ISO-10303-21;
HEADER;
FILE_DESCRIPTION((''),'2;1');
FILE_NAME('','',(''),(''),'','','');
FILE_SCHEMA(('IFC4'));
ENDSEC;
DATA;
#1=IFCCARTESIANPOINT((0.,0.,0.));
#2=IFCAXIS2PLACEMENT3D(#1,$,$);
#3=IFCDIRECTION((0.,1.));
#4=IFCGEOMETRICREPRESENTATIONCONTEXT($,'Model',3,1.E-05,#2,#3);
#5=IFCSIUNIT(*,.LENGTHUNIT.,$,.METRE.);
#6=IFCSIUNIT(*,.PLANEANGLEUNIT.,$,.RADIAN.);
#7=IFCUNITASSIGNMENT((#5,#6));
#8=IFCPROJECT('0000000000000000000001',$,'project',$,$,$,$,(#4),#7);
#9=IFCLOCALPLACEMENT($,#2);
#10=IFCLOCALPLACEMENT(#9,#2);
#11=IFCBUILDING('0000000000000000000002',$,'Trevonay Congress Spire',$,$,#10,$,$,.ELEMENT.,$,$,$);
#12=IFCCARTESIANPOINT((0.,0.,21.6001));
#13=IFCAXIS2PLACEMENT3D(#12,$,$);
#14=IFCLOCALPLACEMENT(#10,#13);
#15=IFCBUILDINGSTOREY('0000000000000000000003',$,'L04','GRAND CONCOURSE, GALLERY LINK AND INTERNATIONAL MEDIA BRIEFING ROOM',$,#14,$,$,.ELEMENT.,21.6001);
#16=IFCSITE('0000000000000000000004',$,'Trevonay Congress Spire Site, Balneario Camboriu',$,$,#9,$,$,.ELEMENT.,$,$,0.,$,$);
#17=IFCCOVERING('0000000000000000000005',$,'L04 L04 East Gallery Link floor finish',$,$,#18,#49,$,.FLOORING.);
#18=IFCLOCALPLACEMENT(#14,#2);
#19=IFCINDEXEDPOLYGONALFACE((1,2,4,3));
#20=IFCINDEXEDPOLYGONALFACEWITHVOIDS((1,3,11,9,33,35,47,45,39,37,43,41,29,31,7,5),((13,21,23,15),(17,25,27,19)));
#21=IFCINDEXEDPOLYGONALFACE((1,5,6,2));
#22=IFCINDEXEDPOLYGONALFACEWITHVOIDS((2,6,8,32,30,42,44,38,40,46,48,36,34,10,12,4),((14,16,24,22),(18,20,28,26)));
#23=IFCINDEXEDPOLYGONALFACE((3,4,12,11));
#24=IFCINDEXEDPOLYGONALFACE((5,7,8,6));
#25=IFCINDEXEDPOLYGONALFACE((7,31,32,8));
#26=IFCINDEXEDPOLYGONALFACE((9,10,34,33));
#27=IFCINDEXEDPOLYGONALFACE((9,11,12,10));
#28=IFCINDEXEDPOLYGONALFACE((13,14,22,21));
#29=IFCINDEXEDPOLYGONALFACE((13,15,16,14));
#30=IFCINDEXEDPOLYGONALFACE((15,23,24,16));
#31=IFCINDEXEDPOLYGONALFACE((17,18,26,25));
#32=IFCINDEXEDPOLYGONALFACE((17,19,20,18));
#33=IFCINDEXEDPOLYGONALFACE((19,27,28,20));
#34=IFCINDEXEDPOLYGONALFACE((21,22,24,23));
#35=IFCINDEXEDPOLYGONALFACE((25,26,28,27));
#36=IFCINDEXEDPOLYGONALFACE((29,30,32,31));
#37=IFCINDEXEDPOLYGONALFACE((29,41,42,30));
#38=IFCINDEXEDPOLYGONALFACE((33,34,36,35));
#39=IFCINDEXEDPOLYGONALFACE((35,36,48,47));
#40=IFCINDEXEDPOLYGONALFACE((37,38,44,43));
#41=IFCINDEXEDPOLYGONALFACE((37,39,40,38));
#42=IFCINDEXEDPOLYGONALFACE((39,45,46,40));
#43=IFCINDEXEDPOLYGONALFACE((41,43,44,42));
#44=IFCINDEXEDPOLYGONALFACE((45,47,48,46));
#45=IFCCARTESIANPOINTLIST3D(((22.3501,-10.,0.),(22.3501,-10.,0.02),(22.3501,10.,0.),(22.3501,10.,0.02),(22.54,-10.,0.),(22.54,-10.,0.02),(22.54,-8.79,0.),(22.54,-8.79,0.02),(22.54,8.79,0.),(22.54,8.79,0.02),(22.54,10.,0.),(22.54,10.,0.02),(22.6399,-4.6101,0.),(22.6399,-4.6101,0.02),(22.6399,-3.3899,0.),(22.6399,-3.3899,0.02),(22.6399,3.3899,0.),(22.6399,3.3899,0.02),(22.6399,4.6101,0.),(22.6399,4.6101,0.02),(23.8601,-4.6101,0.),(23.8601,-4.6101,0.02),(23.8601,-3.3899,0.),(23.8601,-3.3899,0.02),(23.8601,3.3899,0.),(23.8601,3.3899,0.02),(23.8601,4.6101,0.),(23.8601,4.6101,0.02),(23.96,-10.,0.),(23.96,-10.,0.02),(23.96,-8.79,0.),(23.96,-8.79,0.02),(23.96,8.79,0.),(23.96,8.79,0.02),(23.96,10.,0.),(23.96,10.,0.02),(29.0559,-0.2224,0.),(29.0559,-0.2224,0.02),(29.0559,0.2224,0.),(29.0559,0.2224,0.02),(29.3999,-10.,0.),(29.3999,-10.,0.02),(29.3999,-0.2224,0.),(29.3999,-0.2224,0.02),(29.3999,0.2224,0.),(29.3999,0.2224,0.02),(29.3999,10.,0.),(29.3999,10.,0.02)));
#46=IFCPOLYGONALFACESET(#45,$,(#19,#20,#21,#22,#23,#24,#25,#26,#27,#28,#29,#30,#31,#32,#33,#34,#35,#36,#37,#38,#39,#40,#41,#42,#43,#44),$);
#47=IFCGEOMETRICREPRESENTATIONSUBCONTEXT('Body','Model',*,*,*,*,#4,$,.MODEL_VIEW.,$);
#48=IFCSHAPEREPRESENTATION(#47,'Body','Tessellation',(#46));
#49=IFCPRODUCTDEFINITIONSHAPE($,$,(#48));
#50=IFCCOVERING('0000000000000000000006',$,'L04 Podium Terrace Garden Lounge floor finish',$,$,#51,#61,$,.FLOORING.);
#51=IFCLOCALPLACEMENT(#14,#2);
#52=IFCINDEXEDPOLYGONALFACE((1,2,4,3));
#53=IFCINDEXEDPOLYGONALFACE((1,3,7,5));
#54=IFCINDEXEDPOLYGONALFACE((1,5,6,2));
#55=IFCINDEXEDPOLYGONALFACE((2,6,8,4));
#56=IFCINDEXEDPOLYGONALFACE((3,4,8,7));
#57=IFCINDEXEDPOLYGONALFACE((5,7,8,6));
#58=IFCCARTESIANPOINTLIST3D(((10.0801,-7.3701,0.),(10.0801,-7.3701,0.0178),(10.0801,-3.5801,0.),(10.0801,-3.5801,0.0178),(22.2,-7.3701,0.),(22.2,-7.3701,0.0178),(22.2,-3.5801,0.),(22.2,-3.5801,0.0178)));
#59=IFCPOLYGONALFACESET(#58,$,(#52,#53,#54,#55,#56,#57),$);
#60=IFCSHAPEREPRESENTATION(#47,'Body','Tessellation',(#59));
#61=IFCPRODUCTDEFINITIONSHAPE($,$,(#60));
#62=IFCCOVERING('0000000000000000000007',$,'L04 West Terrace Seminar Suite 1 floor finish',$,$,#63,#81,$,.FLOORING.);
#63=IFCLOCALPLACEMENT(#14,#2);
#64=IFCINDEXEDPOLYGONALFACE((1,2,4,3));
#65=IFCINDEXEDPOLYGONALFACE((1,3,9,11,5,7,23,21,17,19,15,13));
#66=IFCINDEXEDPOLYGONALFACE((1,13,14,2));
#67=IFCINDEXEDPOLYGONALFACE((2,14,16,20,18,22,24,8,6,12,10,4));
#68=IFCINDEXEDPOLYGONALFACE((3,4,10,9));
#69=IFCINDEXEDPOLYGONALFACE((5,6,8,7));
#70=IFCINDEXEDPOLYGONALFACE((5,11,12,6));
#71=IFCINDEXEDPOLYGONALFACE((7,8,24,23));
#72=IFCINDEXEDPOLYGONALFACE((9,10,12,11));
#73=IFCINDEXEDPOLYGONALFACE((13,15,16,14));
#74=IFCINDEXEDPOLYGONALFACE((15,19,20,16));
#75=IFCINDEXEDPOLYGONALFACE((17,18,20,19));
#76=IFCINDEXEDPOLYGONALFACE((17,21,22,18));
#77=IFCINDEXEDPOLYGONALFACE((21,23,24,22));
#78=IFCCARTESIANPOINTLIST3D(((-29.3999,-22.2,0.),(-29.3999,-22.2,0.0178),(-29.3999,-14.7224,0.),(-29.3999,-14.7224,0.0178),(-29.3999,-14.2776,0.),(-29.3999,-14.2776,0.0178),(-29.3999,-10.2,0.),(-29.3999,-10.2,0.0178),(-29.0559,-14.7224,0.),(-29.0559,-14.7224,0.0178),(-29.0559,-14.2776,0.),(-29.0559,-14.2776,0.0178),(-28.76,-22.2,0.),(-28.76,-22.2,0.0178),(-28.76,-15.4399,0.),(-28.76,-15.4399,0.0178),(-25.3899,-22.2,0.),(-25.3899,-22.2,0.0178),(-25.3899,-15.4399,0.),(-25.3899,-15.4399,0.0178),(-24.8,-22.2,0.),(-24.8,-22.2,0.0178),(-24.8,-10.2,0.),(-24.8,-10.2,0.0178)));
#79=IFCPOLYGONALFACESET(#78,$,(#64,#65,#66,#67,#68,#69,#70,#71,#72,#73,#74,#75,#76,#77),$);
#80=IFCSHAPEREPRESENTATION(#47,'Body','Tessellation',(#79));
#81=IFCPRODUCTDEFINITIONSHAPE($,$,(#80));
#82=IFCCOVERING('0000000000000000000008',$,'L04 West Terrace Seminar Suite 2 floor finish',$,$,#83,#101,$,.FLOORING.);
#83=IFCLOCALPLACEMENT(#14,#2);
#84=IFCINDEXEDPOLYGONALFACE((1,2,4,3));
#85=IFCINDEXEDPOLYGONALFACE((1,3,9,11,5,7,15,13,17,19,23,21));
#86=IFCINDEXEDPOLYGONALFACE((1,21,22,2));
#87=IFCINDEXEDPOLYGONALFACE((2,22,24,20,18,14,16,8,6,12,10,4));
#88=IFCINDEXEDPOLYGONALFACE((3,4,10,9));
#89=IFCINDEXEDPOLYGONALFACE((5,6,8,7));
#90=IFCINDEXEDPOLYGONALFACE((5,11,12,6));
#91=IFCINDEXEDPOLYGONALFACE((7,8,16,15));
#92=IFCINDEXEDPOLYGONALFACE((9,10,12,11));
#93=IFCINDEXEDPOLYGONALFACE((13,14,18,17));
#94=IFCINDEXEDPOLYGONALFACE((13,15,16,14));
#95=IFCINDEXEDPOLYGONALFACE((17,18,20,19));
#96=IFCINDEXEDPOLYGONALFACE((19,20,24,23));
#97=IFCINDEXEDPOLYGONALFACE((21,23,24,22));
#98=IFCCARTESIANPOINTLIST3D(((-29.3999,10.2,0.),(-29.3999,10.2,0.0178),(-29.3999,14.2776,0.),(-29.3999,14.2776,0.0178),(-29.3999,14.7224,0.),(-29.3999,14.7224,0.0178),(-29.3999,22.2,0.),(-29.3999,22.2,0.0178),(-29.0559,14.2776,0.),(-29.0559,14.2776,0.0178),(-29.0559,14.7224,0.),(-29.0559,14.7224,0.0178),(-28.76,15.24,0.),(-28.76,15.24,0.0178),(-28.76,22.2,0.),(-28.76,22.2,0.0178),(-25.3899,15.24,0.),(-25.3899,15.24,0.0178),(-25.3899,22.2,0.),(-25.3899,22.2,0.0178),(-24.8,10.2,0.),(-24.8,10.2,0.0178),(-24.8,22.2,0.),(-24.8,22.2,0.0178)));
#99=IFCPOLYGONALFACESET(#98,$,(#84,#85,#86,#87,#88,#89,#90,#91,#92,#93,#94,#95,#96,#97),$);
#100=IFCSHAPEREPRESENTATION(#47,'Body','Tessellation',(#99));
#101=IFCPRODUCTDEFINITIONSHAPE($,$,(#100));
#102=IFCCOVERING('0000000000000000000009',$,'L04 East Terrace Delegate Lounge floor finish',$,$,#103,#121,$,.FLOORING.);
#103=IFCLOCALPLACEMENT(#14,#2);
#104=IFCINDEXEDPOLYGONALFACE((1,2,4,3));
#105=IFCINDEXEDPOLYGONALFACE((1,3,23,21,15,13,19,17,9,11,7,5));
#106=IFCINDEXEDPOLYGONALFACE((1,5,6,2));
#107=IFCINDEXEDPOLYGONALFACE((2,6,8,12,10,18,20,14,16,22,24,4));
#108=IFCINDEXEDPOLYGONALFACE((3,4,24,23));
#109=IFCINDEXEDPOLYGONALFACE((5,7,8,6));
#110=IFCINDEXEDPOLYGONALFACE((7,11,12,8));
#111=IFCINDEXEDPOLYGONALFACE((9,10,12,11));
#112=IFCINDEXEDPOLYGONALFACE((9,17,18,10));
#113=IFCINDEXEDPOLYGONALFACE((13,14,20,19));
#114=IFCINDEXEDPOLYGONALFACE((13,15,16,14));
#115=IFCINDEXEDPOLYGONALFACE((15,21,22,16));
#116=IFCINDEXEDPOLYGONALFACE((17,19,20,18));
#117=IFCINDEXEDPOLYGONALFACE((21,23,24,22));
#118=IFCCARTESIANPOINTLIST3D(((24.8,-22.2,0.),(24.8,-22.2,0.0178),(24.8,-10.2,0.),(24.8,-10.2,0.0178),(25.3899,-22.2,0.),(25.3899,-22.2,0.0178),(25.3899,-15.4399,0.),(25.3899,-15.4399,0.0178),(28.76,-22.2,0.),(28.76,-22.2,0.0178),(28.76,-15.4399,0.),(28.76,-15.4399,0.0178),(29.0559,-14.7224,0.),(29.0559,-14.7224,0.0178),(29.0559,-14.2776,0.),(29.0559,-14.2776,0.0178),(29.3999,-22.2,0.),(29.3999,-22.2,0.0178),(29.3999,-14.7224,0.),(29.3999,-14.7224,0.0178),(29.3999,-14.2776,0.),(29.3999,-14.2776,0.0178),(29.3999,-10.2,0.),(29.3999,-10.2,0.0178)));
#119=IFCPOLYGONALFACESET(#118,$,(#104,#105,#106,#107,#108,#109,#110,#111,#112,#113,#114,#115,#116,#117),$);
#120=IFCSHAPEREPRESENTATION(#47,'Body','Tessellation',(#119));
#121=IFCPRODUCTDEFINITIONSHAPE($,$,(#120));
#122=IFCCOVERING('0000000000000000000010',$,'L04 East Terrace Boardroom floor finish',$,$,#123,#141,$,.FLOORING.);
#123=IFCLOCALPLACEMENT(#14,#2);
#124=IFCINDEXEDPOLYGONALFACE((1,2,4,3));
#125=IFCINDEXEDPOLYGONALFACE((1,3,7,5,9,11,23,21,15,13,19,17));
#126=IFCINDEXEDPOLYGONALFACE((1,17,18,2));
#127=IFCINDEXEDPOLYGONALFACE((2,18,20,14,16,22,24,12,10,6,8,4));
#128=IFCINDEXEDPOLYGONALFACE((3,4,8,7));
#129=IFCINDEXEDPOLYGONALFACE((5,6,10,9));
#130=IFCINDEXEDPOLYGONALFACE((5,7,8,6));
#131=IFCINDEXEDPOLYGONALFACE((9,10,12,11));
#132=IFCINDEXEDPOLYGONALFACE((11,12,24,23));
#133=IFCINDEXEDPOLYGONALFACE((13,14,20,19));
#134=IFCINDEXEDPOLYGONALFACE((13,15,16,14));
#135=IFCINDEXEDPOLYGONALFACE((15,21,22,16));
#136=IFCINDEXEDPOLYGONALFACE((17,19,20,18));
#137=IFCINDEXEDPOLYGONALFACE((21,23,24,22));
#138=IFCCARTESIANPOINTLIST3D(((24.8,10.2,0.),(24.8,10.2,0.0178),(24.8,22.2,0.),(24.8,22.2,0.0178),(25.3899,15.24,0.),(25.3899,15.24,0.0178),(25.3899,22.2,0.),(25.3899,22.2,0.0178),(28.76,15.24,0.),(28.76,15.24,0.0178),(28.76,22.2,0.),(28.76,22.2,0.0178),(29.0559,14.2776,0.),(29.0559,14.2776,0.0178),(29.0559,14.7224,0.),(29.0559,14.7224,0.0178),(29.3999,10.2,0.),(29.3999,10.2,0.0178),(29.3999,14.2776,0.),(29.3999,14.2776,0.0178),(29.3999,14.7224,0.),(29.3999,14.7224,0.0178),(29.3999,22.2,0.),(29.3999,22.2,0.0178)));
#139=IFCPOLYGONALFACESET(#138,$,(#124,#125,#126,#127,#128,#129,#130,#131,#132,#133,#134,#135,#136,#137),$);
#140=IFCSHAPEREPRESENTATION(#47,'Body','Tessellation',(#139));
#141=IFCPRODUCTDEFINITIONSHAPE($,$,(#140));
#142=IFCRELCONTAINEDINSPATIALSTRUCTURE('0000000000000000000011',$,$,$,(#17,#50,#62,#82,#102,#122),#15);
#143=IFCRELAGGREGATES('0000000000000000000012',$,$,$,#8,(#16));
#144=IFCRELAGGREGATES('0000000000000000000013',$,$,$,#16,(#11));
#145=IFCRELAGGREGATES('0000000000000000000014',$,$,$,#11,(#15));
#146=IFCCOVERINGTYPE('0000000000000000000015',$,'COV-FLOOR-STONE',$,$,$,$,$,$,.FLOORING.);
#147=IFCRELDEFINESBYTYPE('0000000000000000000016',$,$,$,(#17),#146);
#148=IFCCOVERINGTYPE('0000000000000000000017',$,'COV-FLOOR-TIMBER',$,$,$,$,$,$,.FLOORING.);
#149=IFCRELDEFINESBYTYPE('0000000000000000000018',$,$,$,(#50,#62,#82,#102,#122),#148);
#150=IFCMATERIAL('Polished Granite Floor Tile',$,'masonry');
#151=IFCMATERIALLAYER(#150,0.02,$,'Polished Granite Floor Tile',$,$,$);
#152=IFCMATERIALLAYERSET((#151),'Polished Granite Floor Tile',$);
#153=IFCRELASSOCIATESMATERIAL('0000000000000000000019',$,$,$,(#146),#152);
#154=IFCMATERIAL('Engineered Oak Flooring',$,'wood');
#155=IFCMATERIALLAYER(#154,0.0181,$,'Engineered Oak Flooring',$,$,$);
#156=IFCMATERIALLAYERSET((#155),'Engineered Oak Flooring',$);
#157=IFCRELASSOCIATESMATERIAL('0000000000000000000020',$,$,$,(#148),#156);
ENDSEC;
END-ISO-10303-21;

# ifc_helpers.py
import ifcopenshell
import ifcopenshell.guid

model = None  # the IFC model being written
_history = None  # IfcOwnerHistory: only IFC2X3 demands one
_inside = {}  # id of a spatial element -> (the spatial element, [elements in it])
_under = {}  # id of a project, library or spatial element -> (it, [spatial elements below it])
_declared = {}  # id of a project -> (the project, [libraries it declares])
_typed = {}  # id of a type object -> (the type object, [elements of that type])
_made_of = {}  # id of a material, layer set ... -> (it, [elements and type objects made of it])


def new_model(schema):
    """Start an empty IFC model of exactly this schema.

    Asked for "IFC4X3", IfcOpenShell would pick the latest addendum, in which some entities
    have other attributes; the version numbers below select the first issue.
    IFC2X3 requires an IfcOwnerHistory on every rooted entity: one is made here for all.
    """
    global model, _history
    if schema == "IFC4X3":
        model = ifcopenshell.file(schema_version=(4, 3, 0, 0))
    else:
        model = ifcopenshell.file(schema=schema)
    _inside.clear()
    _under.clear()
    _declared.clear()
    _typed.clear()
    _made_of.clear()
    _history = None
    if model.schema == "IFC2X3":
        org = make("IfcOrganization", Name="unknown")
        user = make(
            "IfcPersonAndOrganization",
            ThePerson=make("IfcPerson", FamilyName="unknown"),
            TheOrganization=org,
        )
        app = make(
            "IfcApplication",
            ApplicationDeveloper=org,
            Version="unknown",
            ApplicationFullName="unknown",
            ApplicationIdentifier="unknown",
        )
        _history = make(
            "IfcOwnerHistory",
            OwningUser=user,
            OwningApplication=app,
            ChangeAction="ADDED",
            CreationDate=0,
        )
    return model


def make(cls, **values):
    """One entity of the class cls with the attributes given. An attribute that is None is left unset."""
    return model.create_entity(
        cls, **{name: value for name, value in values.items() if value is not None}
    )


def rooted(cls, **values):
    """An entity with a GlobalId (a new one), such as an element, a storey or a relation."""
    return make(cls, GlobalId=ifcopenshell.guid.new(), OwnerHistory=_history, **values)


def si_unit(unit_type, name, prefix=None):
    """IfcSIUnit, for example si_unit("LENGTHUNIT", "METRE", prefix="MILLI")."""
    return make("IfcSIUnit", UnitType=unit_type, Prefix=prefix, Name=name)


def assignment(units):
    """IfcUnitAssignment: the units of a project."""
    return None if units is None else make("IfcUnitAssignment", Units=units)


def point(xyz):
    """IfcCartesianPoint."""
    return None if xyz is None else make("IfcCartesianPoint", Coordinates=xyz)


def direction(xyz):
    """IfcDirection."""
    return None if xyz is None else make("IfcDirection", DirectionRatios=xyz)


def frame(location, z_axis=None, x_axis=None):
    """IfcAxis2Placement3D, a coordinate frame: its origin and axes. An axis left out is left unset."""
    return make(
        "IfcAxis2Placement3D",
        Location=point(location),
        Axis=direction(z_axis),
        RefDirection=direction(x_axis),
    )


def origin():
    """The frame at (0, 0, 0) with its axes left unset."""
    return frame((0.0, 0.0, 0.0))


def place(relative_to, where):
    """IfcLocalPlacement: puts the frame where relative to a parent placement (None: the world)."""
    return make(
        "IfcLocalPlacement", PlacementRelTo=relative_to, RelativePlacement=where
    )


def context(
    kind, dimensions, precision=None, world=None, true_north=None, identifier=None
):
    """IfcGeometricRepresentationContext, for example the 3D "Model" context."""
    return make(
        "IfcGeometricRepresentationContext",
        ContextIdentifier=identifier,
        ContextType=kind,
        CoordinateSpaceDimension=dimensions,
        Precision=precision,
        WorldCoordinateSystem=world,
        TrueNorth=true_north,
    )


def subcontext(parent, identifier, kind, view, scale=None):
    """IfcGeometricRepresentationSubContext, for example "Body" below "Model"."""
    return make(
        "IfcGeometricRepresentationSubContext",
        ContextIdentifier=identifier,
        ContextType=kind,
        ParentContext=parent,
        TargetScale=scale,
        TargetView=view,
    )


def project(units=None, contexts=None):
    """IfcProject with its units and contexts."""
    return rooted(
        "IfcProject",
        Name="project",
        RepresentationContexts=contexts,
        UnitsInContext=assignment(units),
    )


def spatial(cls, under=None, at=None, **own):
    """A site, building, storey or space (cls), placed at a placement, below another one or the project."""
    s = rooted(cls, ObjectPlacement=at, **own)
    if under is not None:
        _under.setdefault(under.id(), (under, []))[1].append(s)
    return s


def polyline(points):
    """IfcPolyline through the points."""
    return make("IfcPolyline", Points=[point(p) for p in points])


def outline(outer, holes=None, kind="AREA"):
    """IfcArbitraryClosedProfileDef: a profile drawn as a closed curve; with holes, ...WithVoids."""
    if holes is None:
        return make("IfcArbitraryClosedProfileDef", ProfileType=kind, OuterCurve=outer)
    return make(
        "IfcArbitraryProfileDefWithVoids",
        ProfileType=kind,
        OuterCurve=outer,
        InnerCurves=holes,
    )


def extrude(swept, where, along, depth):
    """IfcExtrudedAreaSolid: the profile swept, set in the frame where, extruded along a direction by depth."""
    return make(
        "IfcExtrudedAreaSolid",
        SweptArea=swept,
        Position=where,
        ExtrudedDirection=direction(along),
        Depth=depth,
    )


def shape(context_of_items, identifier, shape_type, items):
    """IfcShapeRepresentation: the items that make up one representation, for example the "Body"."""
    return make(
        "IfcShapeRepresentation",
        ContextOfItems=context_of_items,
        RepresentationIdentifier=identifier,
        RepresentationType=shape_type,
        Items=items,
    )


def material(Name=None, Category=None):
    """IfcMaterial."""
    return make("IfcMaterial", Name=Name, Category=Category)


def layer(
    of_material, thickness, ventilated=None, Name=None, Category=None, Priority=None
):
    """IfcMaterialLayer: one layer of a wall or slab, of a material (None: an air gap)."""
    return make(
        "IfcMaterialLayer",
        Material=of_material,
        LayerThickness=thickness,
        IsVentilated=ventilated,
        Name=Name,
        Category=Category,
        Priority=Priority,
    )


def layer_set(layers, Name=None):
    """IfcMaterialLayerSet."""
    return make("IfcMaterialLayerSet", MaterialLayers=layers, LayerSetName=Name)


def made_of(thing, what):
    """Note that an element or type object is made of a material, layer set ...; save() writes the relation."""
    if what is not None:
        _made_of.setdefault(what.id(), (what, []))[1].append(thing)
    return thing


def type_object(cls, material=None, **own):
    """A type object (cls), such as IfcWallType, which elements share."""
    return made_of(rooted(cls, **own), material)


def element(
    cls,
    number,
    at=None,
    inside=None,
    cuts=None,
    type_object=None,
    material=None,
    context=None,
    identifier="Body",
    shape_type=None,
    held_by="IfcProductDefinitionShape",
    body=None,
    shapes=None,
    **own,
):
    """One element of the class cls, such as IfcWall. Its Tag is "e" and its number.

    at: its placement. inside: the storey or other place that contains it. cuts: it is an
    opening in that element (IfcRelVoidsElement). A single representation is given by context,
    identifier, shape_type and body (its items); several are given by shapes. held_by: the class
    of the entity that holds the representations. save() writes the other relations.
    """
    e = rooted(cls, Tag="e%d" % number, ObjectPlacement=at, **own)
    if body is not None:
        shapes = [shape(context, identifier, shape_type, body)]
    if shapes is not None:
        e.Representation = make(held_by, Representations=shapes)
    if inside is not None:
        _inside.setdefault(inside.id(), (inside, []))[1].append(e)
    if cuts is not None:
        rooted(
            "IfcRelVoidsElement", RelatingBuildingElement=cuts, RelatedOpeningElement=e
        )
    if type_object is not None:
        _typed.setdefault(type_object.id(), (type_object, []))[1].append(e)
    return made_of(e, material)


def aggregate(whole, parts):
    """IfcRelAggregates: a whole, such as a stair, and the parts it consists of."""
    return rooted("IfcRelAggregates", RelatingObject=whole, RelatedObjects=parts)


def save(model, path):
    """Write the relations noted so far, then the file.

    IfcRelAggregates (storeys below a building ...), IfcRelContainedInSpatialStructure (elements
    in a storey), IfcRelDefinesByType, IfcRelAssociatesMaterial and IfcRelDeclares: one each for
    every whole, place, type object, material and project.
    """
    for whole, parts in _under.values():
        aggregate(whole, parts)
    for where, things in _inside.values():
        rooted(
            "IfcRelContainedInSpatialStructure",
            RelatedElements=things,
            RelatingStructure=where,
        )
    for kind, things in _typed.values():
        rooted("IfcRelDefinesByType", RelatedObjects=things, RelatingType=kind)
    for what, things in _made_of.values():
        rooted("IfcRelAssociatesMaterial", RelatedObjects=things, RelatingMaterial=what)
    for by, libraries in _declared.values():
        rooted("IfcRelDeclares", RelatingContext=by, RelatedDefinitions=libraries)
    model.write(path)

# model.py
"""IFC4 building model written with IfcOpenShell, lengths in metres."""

from ifc_helpers import new_model, si_unit, direction, frame, origin, place, context, subcontext, project, spatial, polyline, outline, extrude, material, layer, layer_set, type_object, element, save


model = new_model("IFC4")

# Units and contexts
model_context = context("Model", 3, precision=1e-05, world=origin(), true_north=direction((0.0, 1.0)))
body_context = subcontext(model_context, "Body", "Model", "MODEL_VIEW")
ifc_project = project(units=[si_unit("LENGTHUNIT", "METRE"), si_unit("PLANEANGLEUNIT", "RADIAN")], contexts=[model_context])

# Site, building, storey
site_placement = place(None, origin())
site = spatial("IfcSite", under=ifc_project, at=site_placement, Name="Trevonay Congress Spire Site, Balneario Camboriu", CompositionType="ELEMENT", RefElevation=0.0)
building_placement = place(site_placement, origin())
building = spatial("IfcBuilding", under=site, at=building_placement, Name="Trevonay Congress Spire", CompositionType="ELEMENT")
storey_placement = place(building_placement, frame((0.0, 0.0, 21.6001)))
storey = spatial("IfcBuildingStorey", under=building, at=storey_placement, Name="L04", Description="GRAND CONCOURSE, GALLERY LINK AND INTERNATIONAL MEDIA BRIEFING ROOM", CompositionType="ELEMENT", Elevation=21.6001)

# Coverings
ifc_material_1 = material(Name="Polished Granite Floor Tile", Category="masonry")
ifc_layer_1 = layer(ifc_material_1, 0.02, Name="Polished Granite Floor Tile")
ifc_layer_set_1 = layer_set([ifc_layer_1], Name="Polished Granite Floor Tile")
covering_type_1 = type_object("IfcCoveringType", Name="COV-FLOOR-STONE", PredefinedType="FLOORING", material=ifc_layer_set_1)
covering_1_placement = place(storey_placement, origin())
element("IfcCovering", 1, at=covering_1_placement, inside=storey, type_object=covering_type_1, Name="L04 L04 East Gallery Link floor finish", PredefinedType="FLOORING", context=body_context, shape_type="SweptSolid", body=[
    extrude(outline(polyline([(22.3501, -10.0), (22.3501, 10.0), (22.54, 10.0), (22.54, 8.79), (23.96, 8.79), (23.96, 10.0), (29.3999, 10.0), (29.3999, 0.2224), (29.0559, 0.2224), (29.0559, -0.2224), (29.3999, -0.2224), (29.3999, -10.0), (23.96, -10.0), (23.96, -8.79), (22.54, -8.79), (22.54, -10.0), (22.3501, -10.0)]), holes=[polyline([(22.6399, -3.3899), (22.6399, -4.6101), (23.8601, -4.6101), (23.8601, -3.3899), (22.6399, -3.3899)]), polyline([(23.8601, 4.6101), (22.6399, 4.6101), (22.6399, 3.3899), (23.8601, 3.3899), (23.8601, 4.6101)])]), origin(), (0.0, 0.0, 1.0), 0.02),
])
ifc_material_2 = material(Name="Engineered Oak Flooring", Category="wood")
ifc_layer_2 = layer(ifc_material_2, 0.0181, Name="Engineered Oak Flooring")
ifc_layer_set_2 = layer_set([ifc_layer_2], Name="Engineered Oak Flooring")
covering_type_2 = type_object("IfcCoveringType", Name="COV-FLOOR-TIMBER", PredefinedType="FLOORING", material=ifc_layer_set_2)
covering_2_placement = place(storey_placement, origin())
element("IfcCovering", 2, at=covering_2_placement, inside=storey, type_object=covering_type_2, Name="L04 Podium Terrace Garden Lounge floor finish", PredefinedType="FLOORING", context=body_context, shape_type="SweptSolid", body=[
    extrude(outline(polyline([(10.0801, -7.3701), (22.2, -7.3701), (22.2, -3.5801), (10.0801, -3.5801), (10.0801, -7.3701)])), origin(), (0.0, 0.0, 1.0), 0.0178),
])
covering_3_placement = place(storey_placement, origin())
element("IfcCovering", 3, at=covering_3_placement, inside=storey, type_object=covering_type_2, Name="L04 West Terrace Seminar Suite 1 floor finish", PredefinedType="FLOORING", context=body_context, shape_type="SweptSolid", body=[
    extrude(outline(polyline([(-24.8, -10.2), (-24.8, -22.2), (-25.3899, -22.2), (-25.3899, -15.4399), (-28.76, -15.4399), (-28.76, -22.2), (-29.3999, -22.2), (-29.3999, -14.7224), (-29.0559, -14.7224), (-29.0559, -14.2776), (-29.3999, -14.2776), (-29.3999, -10.2), (-24.8, -10.2)])), origin(), (0.0, 0.0, 1.0), 0.0178),
])
covering_4_placement = place(storey_placement, origin())
element("IfcCovering", 4, at=covering_4_placement, inside=storey, type_object=covering_type_2, Name="L04 West Terrace Seminar Suite 2 floor finish", PredefinedType="FLOORING", context=body_context, shape_type="SweptSolid", body=[
    extrude(outline(polyline([(-28.76, 22.2), (-28.76, 15.24), (-25.3899, 15.24), (-25.3899, 22.2), (-24.8, 22.2), (-24.8, 10.2), (-29.3999, 10.2), (-29.3999, 14.2776), (-29.0559, 14.2776), (-29.0559, 14.7224), (-29.3999, 14.7224), (-29.3999, 22.2), (-28.76, 22.2)])), origin(), (0.0, 0.0, 1.0), 0.0178),
])
covering_5_placement = place(storey_placement, origin())
element("IfcCovering", 5, at=covering_5_placement, inside=storey, type_object=covering_type_2, Name="L04 East Terrace Delegate Lounge floor finish", PredefinedType="FLOORING", context=body_context, shape_type="SweptSolid", body=[
    extrude(outline(polyline([(28.76, -22.2), (28.76, -15.4399), (25.3899, -15.4399), (25.3899, -22.2), (24.8, -22.2), (24.8, -10.2), (29.3999, -10.2), (29.3999, -14.2776), (29.0559, -14.2776), (29.0559, -14.7224), (29.3999, -14.7224), (29.3999, -22.2), (28.76, -22.2)])), origin(), (0.0, 0.0, 1.0), 0.0178),
])
covering_6_placement = place(storey_placement, origin())
element("IfcCovering", 6, at=covering_6_placement, inside=storey, type_object=covering_type_2, Name="L04 East Terrace Boardroom floor finish", PredefinedType="FLOORING", context=body_context, shape_type="SweptSolid", body=[
    extrude(outline(polyline([(24.8, 10.2), (24.8, 22.2), (25.3899, 22.2), (25.3899, 15.24), (28.76, 15.24), (28.76, 22.2), (29.3999, 22.2), (29.3999, 14.7224), (29.0559, 14.7224), (29.0559, 14.2776), (29.3999, 14.2776), (29.3999, 10.2), (24.8, 10.2)])), origin(), (0.0, 0.0, 1.0), 0.0178),
])

save(model, "model.ifc")
